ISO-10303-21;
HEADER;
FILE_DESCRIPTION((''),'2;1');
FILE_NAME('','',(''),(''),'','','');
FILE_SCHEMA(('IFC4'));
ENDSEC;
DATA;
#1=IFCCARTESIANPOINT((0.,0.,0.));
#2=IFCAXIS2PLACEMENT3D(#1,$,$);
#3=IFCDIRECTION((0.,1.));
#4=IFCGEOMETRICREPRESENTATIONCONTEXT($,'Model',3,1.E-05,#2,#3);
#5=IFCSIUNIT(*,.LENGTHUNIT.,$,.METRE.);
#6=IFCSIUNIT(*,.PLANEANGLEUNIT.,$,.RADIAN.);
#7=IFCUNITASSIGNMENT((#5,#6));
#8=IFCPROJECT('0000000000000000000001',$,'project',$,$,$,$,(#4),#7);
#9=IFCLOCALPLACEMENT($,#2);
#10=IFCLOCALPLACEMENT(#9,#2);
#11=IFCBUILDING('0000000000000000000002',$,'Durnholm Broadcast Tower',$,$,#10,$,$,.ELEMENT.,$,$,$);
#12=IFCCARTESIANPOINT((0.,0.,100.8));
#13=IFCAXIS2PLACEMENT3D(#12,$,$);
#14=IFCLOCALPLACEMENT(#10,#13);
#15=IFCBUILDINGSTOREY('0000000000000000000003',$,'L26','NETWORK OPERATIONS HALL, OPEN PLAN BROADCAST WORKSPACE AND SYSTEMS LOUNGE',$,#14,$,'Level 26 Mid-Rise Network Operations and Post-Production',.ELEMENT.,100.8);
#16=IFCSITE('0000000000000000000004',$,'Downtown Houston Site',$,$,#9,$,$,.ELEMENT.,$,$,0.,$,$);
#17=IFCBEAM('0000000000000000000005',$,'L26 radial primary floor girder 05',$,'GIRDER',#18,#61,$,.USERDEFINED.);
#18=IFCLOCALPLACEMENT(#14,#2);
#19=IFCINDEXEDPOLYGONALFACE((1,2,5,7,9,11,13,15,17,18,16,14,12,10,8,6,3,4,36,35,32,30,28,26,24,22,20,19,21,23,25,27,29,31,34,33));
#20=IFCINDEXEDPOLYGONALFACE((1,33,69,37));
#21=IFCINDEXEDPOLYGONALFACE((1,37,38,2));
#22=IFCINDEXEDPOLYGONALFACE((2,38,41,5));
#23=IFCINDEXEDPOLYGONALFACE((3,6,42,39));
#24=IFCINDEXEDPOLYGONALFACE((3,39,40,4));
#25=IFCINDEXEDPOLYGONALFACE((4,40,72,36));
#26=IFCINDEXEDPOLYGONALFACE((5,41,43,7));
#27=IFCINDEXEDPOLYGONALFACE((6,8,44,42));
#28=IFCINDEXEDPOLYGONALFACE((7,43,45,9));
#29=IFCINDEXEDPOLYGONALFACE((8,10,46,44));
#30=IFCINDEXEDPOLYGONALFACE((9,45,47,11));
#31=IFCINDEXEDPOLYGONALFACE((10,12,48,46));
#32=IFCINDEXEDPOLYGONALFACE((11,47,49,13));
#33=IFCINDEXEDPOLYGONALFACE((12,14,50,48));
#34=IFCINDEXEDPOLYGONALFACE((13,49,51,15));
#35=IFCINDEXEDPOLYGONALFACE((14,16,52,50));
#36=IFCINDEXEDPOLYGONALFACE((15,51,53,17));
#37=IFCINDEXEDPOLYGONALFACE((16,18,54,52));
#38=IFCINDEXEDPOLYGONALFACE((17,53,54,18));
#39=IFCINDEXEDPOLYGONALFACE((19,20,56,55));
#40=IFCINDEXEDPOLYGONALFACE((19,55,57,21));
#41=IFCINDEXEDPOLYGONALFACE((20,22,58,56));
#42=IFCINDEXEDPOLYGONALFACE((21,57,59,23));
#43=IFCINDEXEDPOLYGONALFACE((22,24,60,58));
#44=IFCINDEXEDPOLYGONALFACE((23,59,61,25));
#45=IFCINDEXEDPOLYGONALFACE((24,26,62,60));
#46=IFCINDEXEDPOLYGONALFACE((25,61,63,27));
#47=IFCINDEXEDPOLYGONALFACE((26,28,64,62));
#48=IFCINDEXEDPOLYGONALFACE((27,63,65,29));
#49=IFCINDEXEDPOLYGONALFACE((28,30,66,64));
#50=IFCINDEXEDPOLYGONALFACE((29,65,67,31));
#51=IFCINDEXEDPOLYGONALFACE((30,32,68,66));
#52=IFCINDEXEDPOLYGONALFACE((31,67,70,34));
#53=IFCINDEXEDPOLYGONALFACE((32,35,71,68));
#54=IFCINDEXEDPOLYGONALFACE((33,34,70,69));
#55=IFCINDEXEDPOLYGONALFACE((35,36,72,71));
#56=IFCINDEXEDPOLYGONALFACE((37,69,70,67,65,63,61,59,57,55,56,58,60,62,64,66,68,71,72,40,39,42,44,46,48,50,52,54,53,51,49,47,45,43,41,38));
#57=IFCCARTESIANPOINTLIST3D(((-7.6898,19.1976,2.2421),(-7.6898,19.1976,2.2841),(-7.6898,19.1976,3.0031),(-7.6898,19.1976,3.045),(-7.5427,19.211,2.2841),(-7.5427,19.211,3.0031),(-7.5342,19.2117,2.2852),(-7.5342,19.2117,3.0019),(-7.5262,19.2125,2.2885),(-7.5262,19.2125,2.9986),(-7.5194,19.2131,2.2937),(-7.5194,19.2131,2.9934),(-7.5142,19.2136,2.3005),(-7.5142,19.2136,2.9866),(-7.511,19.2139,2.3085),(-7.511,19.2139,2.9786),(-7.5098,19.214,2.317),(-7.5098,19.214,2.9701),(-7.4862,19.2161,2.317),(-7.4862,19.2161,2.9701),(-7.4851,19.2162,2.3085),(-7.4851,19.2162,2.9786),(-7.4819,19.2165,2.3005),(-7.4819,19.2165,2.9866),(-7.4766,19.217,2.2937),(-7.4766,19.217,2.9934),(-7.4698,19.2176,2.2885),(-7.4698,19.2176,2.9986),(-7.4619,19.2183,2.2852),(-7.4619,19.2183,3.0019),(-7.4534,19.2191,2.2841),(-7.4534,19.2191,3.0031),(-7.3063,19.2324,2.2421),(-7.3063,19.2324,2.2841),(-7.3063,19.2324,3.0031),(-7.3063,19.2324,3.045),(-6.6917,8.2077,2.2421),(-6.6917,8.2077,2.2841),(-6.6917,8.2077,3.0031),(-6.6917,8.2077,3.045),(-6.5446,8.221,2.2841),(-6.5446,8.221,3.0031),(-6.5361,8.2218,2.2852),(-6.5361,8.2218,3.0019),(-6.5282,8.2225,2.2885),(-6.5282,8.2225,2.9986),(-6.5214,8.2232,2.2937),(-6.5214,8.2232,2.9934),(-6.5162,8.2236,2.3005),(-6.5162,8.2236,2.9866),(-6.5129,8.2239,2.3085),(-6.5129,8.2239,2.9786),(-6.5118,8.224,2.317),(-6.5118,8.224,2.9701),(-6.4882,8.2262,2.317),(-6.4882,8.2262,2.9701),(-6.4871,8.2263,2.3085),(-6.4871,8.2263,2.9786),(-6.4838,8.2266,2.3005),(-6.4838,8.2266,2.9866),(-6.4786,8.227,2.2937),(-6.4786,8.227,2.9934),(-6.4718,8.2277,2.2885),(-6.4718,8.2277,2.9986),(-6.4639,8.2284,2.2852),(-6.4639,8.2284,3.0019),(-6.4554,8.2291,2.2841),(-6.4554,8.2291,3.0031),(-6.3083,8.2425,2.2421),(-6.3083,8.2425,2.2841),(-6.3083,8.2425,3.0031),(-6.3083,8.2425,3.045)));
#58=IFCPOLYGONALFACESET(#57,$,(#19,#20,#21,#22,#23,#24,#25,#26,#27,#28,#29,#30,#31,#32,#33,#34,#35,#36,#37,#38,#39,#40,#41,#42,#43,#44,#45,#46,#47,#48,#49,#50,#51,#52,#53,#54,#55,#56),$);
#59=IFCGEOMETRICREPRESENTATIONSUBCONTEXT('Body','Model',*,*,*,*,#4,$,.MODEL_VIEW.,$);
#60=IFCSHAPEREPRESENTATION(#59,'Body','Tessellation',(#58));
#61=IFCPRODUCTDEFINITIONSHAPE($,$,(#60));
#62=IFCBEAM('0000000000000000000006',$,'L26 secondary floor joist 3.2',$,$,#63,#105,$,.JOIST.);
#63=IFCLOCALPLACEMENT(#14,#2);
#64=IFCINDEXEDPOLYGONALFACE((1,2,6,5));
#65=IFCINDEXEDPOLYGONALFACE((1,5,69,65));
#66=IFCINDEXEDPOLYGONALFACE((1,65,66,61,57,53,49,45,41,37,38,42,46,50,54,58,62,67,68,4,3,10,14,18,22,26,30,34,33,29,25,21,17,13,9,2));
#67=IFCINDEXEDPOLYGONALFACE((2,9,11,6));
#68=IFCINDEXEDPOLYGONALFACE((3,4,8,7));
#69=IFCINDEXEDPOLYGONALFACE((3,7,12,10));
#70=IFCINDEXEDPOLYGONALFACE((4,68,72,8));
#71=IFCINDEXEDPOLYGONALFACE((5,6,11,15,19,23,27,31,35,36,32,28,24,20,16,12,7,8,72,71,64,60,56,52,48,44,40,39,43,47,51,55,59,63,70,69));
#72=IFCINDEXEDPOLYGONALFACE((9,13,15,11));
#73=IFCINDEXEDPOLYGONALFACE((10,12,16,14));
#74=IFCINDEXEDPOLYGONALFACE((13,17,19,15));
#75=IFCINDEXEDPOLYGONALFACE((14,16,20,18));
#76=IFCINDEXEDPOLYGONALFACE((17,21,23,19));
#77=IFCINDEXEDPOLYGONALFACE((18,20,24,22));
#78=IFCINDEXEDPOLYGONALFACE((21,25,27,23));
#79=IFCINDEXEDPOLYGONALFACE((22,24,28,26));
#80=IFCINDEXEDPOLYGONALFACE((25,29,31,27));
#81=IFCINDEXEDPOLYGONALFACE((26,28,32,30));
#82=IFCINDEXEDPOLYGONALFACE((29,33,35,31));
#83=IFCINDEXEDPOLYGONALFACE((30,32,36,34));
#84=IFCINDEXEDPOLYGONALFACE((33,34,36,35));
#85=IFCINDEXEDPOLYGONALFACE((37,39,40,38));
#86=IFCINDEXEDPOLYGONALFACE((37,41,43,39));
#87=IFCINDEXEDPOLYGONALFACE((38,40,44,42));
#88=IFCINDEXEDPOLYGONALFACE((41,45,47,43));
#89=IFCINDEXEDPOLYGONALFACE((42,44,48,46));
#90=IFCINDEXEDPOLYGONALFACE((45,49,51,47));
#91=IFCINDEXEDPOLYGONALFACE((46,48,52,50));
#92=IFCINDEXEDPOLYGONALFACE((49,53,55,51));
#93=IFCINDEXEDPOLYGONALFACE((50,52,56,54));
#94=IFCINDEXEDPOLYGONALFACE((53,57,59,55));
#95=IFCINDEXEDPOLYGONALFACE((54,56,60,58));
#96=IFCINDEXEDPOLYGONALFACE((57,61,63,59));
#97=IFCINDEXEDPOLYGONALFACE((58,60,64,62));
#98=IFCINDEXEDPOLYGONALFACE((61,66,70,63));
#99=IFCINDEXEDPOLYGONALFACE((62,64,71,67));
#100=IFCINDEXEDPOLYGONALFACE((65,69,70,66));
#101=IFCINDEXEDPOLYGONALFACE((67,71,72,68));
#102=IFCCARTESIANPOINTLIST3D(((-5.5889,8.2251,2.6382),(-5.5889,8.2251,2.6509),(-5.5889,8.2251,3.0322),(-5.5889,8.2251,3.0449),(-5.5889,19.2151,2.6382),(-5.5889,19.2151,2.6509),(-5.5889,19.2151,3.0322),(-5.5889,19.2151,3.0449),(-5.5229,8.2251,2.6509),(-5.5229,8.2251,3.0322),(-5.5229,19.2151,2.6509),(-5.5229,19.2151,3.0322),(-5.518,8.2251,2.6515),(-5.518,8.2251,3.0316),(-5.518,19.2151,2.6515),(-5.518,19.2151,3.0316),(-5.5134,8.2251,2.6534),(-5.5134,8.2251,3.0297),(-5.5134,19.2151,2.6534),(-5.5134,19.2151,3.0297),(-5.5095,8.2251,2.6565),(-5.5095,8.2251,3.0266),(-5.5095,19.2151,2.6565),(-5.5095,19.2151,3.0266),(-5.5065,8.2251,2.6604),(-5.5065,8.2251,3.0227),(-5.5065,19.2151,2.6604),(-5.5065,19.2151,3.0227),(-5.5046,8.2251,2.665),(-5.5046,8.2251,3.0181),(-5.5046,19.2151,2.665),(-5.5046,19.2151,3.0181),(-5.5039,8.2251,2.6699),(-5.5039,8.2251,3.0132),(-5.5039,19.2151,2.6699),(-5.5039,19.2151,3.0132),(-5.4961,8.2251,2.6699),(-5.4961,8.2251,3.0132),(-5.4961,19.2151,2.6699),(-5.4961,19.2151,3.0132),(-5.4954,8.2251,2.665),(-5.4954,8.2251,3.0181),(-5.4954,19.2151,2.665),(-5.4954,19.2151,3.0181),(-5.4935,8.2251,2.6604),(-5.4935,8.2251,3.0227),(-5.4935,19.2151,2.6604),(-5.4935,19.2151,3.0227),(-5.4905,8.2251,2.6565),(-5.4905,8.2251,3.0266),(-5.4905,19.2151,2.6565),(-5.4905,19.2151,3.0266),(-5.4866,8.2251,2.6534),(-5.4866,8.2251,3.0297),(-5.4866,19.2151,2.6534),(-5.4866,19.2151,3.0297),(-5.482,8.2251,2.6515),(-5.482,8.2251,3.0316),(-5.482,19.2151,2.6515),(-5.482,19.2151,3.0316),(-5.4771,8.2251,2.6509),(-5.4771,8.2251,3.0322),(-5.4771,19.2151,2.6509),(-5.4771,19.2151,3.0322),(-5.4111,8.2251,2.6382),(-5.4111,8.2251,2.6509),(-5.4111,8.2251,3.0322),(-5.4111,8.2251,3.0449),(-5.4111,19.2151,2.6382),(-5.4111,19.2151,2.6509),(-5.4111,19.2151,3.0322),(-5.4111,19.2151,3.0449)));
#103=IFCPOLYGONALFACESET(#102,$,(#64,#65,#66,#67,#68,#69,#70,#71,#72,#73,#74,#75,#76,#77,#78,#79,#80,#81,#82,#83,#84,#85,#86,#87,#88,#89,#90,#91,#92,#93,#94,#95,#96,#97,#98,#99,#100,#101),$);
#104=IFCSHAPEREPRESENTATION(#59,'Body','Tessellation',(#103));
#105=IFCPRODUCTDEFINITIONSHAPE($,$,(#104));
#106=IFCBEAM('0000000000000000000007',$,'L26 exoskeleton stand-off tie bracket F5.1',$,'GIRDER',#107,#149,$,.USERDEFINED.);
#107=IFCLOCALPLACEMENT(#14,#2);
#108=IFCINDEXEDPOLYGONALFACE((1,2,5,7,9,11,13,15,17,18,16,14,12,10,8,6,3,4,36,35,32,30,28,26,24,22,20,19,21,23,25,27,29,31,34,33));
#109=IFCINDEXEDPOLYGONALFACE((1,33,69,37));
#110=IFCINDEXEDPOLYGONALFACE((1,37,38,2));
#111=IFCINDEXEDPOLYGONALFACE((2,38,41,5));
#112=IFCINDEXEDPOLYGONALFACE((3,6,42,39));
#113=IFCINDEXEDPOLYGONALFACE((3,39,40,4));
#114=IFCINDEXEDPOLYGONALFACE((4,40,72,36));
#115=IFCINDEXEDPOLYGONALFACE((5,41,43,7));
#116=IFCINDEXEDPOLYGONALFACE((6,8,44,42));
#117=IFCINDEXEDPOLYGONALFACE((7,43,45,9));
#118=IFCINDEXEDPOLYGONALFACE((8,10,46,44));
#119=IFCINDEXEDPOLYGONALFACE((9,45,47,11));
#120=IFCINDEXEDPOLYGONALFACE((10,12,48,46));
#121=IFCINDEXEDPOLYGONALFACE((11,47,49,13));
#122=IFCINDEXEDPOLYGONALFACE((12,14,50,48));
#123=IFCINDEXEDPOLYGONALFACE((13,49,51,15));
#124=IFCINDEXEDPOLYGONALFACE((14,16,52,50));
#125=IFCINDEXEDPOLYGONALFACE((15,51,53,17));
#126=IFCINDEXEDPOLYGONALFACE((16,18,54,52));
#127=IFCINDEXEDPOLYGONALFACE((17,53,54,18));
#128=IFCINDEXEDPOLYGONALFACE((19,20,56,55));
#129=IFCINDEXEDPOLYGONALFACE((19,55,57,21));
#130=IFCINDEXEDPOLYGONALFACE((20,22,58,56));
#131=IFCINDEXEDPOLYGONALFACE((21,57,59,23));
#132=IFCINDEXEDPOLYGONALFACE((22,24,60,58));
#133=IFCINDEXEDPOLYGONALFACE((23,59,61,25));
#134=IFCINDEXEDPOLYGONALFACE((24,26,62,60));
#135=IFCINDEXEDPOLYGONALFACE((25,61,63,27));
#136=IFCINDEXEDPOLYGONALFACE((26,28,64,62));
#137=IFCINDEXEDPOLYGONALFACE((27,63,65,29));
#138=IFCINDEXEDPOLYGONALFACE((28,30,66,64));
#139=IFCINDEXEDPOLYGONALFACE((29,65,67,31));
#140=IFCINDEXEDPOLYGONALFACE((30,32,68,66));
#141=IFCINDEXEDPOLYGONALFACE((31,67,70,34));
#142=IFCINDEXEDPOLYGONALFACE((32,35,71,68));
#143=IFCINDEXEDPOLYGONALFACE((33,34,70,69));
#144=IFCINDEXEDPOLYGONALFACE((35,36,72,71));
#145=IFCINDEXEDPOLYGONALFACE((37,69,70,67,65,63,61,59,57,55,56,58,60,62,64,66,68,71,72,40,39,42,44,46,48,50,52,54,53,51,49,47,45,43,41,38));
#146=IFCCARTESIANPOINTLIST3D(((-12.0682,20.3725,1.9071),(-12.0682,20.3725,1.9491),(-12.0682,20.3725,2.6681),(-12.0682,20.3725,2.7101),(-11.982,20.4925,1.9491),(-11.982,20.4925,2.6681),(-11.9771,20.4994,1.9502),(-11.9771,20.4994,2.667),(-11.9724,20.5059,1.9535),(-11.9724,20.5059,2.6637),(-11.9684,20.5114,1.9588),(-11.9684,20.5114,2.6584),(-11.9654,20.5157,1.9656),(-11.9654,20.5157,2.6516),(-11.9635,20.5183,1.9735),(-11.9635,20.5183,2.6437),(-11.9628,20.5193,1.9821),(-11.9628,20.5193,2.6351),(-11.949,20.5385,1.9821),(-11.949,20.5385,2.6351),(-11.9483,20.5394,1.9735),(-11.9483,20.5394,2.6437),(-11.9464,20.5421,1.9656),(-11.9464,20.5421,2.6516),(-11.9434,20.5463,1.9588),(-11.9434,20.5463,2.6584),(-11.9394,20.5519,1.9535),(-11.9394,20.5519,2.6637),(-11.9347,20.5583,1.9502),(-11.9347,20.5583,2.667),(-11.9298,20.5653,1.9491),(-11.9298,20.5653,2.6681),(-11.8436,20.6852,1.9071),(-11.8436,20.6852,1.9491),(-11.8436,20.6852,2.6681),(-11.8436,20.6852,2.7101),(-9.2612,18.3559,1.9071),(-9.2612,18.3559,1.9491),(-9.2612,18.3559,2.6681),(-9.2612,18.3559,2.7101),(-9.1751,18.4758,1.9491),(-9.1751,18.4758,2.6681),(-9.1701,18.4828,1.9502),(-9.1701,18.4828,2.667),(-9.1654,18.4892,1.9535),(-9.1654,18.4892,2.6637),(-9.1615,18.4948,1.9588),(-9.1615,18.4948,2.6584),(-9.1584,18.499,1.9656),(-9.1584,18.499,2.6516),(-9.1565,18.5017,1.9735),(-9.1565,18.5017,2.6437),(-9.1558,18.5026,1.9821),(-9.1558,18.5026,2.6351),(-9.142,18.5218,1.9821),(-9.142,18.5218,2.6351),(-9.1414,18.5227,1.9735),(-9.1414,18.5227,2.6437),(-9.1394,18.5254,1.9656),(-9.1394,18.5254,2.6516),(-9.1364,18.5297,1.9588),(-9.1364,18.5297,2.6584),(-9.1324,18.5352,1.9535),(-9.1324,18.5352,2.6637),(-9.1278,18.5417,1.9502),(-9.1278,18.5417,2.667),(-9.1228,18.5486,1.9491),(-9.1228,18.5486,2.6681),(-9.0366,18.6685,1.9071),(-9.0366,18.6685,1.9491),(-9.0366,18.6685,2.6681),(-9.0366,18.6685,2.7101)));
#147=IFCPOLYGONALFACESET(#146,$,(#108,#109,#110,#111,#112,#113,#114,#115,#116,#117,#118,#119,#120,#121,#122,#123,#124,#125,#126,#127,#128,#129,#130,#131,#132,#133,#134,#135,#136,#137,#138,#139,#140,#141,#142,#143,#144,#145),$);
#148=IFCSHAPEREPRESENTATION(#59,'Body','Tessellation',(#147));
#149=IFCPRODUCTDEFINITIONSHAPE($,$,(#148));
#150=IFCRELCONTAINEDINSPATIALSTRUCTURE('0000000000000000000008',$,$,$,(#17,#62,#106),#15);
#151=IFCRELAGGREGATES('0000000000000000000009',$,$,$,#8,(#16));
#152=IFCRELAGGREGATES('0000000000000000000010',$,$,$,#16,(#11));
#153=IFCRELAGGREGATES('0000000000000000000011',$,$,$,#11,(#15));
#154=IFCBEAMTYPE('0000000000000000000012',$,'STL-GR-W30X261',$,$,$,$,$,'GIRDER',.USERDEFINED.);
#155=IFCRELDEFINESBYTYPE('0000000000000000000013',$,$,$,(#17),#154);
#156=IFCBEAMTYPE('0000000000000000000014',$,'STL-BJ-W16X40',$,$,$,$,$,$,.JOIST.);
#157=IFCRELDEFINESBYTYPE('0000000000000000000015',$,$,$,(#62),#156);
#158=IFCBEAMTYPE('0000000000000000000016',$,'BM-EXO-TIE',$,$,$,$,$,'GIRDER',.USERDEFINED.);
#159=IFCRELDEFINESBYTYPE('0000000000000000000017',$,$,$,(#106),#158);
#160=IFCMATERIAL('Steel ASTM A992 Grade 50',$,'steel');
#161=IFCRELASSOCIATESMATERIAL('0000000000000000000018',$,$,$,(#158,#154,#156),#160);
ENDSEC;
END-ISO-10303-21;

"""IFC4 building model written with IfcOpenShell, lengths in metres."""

from ifc_helpers import new_model, si_unit, direction, frame, origin, origin_2d, place, context, subcontext, project, spatial, i_section, extrude, source, transform, mapped, material, material_profile, profile_set, type_object, type_shapes, element, save


model = new_model("IFC4")

# Units and contexts
model_context = context("Model", 3, precision=1e-05, world=origin(), true_north=direction((0.0, 1.0)))
body_context = subcontext(model_context, "Body", "Model", "MODEL_VIEW")
ifc_project = project(units=[si_unit("LENGTHUNIT", "METRE"), si_unit("PLANEANGLEUNIT", "RADIAN")], contexts=[model_context])

# Site, building, storey
site_placement = place(None, origin())
site = spatial("IfcSite", under=ifc_project, at=site_placement, Name="Downtown Houston Site", CompositionType="ELEMENT", RefElevation=0.0)
building_placement = place(site_placement, origin())
building = spatial("IfcBuilding", under=site, at=building_placement, Name="Durnholm Broadcast Tower", CompositionType="ELEMENT")
storey_placement = place(building_placement, frame((0.0, 0.0, 100.8)))
storey = spatial("IfcBuildingStorey", under=building, at=storey_placement, Name="L26", Description="NETWORK OPERATIONS HALL, OPEN PLAN BROADCAST WORKSPACE AND SYSTEMS LOUNGE", LongName="Level 26 Mid-Rise Network Operations and Post-Production", CompositionType="ELEMENT", Elevation=100.8)

# Beams
ifc_material_1 = material(Name="Steel ASTM A992 Grade 50", Category="steel")
ifc_material_profile_1 = material_profile(ifc_material_1, i_section(OverallWidth=0.385, OverallDepth=0.803, WebThickness=0.0237, FlangeThickness=0.042, FilletRadius=0.033, at=origin_2d()), Name="W30X261")
ifc_profile_set_1 = profile_set([ifc_material_profile_1], Name="Steel ASTM A992 Grade 50")
beam_type_1 = type_object("IfcBeamType", Name="BM-EXO-TIE", ElementType="GIRDER", PredefinedType="USERDEFINED", material=ifc_profile_set_1)
ifc_material_profile_2 = material_profile(ifc_material_1, i_section(OverallWidth=0.385, OverallDepth=0.803, WebThickness=0.0237, FlangeThickness=0.042, FilletRadius=0.033, at=origin_2d()), Name="W30X261")
ifc_profile_set_2 = profile_set([ifc_material_profile_2], Name="Steel ASTM A992 Grade 50")
beam_type_2 = type_object("IfcBeamType", Name="STL-GR-W30X261", ElementType="GIRDER", PredefinedType="USERDEFINED", material=ifc_profile_set_2)
shared_shape_1 = source(origin(), body_context, "Body", "SweptSolid", [
    extrude(i_section(OverallWidth=0.385, OverallDepth=0.803, WebThickness=0.0237, FlangeThickness=0.042, FilletRadius=0.033, at=origin_2d()), origin(), (0.0, 0.0, 1.0), 11.0352),
])
type_shapes(beam_type_2, [shared_shape_1])
beam_1_placement = place(storey_placement, frame((-6.5, 8.2251, 2.6436), z_axis=(-0.090442, 0.995902, 0.0), x_axis=(-0.995902, -0.090442, 0.0)))
element("IfcBeam", 1, at=beam_1_placement, inside=storey, type_object=beam_type_2, Name="L26 radial primary floor girder 05", ObjectType="GIRDER", PredefinedType="USERDEFINED", context=body_context, shape_type="MappedRepresentation", body=[
    mapped(shared_shape_1, transform((0.0, 0.0, 0.0), x_axis=(1.0, 0.0, 0.0), y_axis=(0.0, 1.0, 0.0), z_axis=(0.0, 0.0, 1.0), scale=1.0)),
])
ifc_material_profile_3 = material_profile(ifc_material_1, i_section(OverallWidth=0.1777, OverallDepth=0.4067, WebThickness=0.0078, FlangeThickness=0.0127, FilletRadius=0.019, at=origin_2d()), Name="W16X40")
ifc_profile_set_3 = profile_set([ifc_material_profile_3], Name="Steel ASTM A992 Grade 50")
beam_type_3 = type_object("IfcBeamType", Name="STL-BJ-W16X40", PredefinedType="JOIST", material=ifc_profile_set_3)
shared_shape_2 = source(origin(), body_context, "Body", "SweptSolid", [
    extrude(i_section(OverallWidth=0.1777, OverallDepth=0.4067, WebThickness=0.0078, FlangeThickness=0.0127, FilletRadius=0.019, at=origin_2d()), origin(), (0.0, 0.0, 1.0), 10.99),
])
type_shapes(beam_type_3, [shared_shape_2])
beam_2_placement = place(storey_placement, frame((-5.5, 8.2251, 2.8416), z_axis=(0.0, 1.0, 0.0), x_axis=(-1.0, 0.0, 0.0)))
element("IfcBeam", 2, at=beam_2_placement, inside=storey, type_object=beam_type_3, Name="L26 secondary floor joist 3.2", PredefinedType="JOIST", context=body_context, shape_type="MappedRepresentation", body=[
    mapped(shared_shape_2, transform((0.0, 0.0, 0.0), x_axis=(1.0, 0.0, 0.0), y_axis=(0.0, 1.0, 0.0), z_axis=(0.0, 0.0, 1.0), scale=1.0)),
])
shared_shape_3 = source(origin(), body_context, "Body", "SweptSolid", [
    extrude(i_section(OverallWidth=0.385, OverallDepth=0.803, WebThickness=0.0237, FlangeThickness=0.042, FilletRadius=0.033, at=origin_2d()), origin(), (0.0, 0.0, 1.0), 3.4563),
])
beam_3_placement = place(storey_placement, frame((-9.1489, 18.5122, 2.3086), z_axis=(-0.812131, 0.583474, 0.0), x_axis=(-0.583474, -0.812131, 0.0)))
element("IfcBeam", 3, at=beam_3_placement, inside=storey, type_object=beam_type_1, Name="L26 exoskeleton stand-off tie bracket F5.1", ObjectType="GIRDER", PredefinedType="USERDEFINED", context=body_context, shape_type="MappedRepresentation", body=[
    mapped(shared_shape_3, transform((0.0, 0.0, 0.0), x_axis=(1.0, 0.0, 0.0), y_axis=(0.0, 1.0, 0.0), z_axis=(0.0, 0.0, 1.0), scale=1.0)),
])

save(model, "model.ifc")
